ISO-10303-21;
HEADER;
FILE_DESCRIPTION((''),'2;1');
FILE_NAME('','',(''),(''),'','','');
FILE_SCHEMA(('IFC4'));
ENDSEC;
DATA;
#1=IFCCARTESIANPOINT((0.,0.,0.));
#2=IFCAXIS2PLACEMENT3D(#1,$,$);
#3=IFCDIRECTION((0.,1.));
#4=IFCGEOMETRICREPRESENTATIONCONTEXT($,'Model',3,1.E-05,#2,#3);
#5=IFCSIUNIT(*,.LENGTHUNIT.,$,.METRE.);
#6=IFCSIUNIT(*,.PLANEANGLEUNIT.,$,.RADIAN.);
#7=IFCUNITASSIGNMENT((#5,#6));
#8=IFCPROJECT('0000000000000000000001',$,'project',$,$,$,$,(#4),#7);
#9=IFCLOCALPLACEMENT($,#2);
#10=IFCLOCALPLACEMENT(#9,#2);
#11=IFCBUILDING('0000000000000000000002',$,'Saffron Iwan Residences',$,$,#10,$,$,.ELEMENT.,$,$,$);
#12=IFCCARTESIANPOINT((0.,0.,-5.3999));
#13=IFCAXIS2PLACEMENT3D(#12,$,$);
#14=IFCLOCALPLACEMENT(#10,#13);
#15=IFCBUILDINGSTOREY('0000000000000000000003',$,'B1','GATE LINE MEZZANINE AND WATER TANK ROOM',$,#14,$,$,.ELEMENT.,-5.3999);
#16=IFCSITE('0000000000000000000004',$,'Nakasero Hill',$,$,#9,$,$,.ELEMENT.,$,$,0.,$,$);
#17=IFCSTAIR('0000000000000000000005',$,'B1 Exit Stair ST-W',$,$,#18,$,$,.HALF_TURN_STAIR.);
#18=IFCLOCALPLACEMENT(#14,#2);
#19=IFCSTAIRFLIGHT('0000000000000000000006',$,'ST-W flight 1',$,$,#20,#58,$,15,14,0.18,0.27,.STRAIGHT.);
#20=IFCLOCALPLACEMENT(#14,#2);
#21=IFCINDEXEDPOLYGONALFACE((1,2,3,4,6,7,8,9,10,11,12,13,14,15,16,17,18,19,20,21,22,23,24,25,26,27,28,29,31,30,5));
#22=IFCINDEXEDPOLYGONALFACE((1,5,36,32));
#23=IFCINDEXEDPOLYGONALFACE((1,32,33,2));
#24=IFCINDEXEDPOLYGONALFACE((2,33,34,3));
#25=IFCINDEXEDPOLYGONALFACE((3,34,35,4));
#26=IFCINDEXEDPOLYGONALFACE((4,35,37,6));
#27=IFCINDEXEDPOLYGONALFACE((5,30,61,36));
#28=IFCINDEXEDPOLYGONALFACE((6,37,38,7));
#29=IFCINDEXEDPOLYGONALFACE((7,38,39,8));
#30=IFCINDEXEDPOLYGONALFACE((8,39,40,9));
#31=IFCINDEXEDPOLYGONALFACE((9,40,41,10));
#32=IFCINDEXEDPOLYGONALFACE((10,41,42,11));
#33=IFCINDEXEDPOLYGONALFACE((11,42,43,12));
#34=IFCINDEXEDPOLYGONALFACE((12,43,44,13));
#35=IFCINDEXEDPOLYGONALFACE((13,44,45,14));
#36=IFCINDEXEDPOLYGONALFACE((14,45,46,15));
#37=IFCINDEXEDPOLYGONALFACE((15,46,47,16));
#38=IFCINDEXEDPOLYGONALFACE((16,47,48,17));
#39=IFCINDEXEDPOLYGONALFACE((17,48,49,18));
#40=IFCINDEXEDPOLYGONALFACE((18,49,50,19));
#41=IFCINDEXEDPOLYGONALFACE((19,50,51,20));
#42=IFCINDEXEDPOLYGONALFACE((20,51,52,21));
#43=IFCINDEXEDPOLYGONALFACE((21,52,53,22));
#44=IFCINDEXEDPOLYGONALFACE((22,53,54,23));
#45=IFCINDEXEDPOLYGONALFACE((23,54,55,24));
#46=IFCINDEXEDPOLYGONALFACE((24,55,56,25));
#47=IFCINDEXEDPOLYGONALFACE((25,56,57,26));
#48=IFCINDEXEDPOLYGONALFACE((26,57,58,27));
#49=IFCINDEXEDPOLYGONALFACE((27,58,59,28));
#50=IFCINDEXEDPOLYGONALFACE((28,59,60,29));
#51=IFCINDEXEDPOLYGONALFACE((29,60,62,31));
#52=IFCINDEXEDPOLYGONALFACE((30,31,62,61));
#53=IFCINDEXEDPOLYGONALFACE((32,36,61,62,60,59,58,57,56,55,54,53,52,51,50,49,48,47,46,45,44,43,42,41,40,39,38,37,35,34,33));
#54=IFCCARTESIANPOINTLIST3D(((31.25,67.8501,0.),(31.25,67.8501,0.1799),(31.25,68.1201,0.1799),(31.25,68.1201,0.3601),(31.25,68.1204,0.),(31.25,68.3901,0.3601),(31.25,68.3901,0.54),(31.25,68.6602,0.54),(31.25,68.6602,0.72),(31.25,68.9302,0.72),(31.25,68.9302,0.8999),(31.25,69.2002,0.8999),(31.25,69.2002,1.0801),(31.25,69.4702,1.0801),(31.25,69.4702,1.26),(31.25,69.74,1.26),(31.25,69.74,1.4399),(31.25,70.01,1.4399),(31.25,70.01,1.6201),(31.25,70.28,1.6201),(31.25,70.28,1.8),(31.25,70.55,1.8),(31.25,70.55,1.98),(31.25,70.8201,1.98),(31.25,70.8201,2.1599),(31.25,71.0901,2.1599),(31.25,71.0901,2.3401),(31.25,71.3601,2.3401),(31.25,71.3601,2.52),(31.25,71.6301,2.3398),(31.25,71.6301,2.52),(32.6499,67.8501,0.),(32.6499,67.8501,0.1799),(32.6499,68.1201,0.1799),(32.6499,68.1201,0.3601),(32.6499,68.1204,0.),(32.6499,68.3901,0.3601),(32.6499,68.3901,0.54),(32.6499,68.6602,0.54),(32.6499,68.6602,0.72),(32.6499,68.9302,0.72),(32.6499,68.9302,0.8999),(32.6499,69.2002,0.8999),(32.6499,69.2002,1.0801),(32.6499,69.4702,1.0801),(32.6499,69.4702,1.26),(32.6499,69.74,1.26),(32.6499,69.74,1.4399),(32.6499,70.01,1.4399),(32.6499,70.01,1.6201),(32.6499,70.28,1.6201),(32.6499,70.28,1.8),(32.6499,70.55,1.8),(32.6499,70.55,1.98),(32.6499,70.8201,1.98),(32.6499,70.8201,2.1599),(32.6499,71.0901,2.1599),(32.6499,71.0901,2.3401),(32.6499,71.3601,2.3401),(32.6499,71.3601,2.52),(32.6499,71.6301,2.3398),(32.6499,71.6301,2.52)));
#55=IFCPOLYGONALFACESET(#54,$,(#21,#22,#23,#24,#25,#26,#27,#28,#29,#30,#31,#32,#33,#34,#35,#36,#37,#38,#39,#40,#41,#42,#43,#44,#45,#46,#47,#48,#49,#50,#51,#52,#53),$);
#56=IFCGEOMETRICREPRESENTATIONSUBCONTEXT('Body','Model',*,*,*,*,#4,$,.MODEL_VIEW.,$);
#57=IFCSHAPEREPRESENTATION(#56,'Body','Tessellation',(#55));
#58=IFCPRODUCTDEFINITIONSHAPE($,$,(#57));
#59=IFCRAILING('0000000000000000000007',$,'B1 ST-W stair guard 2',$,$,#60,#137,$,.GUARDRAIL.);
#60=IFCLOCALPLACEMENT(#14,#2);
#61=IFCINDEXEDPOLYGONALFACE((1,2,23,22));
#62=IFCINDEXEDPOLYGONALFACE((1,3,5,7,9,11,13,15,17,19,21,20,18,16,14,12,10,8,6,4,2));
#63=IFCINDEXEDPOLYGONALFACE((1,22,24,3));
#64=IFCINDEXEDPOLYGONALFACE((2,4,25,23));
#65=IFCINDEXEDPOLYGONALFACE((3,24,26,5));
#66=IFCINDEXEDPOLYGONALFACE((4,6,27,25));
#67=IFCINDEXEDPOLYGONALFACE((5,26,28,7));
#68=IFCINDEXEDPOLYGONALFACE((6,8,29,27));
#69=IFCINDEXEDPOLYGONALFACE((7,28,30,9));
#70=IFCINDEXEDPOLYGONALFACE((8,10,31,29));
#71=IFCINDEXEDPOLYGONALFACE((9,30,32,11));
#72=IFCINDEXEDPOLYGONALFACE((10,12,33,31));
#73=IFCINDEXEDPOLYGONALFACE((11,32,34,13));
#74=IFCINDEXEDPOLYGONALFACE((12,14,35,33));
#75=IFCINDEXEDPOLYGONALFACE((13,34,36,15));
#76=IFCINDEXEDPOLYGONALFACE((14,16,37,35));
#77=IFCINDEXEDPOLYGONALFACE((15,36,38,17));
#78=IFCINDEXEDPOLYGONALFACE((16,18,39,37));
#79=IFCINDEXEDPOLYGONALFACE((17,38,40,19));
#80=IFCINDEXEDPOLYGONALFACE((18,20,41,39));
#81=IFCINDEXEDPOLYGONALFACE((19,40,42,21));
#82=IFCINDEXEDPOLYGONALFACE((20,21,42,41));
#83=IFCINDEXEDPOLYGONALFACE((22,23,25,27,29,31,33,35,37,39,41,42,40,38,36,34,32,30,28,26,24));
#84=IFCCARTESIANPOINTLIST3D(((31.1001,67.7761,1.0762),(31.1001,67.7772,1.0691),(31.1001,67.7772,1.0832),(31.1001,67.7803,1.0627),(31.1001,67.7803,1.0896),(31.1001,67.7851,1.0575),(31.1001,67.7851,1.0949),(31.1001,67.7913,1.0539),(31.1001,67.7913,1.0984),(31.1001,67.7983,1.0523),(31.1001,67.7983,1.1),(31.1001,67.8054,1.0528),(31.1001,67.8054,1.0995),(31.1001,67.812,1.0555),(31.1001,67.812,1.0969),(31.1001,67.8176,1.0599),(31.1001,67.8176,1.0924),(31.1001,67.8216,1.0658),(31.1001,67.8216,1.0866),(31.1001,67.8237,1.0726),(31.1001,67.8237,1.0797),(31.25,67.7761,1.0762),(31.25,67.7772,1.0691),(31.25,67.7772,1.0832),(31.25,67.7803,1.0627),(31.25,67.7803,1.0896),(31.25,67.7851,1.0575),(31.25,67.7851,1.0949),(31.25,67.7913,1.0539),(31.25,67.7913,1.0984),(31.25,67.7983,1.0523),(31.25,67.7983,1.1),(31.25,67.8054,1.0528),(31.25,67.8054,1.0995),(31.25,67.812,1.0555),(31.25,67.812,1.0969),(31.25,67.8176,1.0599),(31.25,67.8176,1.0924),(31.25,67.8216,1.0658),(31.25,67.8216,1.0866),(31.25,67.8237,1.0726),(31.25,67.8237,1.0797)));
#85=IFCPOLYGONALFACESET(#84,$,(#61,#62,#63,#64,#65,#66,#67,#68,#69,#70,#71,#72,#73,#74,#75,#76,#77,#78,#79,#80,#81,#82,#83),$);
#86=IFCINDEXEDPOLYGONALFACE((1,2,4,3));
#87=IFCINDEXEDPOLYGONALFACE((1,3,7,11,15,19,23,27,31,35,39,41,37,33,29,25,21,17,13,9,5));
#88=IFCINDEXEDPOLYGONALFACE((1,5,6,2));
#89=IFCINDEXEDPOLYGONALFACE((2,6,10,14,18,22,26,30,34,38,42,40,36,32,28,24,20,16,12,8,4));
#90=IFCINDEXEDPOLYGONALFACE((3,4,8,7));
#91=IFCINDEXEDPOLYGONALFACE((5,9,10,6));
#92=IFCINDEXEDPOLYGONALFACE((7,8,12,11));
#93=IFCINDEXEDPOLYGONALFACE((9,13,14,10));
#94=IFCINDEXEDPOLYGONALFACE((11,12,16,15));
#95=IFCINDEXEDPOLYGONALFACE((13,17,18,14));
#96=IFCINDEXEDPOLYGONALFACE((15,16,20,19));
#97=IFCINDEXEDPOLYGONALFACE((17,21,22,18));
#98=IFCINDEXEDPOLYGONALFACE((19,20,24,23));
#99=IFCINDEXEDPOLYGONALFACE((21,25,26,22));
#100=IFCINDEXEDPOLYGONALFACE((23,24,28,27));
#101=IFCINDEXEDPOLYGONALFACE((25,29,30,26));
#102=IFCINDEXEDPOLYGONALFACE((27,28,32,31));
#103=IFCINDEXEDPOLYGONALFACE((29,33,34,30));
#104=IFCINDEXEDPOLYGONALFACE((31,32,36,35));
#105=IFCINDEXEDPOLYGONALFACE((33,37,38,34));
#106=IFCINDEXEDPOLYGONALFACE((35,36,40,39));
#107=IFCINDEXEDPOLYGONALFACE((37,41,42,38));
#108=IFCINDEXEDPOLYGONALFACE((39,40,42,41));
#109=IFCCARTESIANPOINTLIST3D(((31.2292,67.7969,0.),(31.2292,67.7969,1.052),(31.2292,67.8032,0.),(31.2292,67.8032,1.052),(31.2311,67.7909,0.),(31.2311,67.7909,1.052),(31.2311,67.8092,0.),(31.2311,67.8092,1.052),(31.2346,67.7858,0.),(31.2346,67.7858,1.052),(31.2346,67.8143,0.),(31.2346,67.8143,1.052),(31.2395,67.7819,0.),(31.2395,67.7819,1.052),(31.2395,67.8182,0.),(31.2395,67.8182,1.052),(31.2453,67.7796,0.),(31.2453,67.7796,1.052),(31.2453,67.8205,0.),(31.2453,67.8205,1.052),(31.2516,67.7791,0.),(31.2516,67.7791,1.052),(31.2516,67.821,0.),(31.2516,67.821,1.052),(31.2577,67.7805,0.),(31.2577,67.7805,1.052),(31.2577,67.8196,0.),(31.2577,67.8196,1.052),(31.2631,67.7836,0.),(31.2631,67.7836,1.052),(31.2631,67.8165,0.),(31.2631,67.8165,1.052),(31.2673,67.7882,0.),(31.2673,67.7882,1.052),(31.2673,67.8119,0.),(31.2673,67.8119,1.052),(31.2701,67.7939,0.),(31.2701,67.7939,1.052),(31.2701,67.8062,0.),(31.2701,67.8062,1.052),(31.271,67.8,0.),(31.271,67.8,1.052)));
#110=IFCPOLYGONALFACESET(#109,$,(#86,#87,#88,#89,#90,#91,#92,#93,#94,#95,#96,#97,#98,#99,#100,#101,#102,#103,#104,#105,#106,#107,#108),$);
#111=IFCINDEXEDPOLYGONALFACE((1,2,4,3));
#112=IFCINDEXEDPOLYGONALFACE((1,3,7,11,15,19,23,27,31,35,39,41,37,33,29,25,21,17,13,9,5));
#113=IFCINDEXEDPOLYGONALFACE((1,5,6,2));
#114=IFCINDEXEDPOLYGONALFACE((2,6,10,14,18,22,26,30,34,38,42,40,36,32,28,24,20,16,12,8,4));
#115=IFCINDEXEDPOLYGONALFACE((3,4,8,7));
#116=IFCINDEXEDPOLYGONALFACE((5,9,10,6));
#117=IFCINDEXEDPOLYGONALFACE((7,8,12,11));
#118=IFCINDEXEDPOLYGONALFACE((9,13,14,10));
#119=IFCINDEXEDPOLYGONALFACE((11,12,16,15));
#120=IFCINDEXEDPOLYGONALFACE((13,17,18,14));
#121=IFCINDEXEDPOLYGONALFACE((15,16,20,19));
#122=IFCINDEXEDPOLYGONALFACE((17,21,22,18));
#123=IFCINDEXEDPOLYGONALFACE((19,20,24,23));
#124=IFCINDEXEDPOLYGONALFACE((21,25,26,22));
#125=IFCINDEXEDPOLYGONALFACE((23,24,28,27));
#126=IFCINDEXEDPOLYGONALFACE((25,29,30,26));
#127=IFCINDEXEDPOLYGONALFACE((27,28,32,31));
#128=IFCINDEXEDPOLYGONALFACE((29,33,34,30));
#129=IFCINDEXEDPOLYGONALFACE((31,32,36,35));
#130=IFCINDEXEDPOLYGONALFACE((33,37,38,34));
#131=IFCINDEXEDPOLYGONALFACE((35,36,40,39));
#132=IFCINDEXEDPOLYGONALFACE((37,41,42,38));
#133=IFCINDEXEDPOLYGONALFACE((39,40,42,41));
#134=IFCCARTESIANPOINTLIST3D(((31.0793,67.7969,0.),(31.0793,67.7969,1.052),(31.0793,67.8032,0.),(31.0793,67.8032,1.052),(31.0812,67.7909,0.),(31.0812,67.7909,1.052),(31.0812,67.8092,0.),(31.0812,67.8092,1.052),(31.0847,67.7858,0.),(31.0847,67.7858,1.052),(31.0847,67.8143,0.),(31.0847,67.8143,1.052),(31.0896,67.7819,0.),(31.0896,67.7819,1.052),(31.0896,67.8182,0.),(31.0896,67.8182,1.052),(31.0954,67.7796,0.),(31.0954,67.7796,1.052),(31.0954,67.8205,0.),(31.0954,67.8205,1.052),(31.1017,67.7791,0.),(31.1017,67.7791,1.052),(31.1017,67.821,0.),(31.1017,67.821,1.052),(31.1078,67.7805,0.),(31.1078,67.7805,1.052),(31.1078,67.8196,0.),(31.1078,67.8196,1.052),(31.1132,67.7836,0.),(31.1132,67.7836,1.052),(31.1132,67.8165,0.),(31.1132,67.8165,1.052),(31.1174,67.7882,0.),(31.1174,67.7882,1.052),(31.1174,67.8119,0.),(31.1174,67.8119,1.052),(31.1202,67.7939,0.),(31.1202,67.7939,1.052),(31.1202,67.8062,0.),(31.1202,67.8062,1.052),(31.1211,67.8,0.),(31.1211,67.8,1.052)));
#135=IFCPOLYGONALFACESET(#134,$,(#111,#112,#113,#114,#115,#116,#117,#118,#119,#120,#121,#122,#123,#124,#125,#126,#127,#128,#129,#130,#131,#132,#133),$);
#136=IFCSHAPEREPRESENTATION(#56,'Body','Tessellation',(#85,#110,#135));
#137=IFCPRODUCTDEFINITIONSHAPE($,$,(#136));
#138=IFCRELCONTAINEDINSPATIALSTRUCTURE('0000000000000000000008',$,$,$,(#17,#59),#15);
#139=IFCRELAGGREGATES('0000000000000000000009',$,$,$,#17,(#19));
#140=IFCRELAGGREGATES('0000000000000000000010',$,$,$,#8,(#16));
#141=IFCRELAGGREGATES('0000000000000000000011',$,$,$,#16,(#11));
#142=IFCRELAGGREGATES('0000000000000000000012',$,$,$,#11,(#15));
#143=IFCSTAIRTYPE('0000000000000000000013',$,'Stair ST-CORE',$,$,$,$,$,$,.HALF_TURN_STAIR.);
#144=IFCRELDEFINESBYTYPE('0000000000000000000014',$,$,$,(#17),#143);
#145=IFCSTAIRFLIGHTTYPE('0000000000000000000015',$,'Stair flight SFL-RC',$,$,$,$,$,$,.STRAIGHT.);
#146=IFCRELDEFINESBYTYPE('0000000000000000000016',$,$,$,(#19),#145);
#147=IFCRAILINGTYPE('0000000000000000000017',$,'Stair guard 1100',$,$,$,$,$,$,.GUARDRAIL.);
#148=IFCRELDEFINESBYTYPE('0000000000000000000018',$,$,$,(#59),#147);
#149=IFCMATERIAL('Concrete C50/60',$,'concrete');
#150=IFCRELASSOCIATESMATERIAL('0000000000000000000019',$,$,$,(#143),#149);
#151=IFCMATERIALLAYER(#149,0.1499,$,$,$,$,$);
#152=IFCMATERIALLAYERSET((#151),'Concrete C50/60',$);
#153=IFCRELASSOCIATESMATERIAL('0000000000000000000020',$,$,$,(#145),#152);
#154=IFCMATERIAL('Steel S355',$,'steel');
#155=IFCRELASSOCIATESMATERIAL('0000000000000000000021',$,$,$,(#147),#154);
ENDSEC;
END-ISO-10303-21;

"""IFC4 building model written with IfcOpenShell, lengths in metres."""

from ifc_helpers import new_model, si_unit, direction, frame, origin, origin_2d, place, context, subcontext, project, spatial, polyline, circle, outline, extrude, material, layer, layer_set, type_object, element, aggregate, save


model = new_model("IFC4")

# Units and contexts
model_context = context("Model", 3, precision=1e-05, world=origin(), true_north=direction((0.0, 1.0)))
body_context = subcontext(model_context, "Body", "Model", "MODEL_VIEW")
ifc_project = project(units=[si_unit("LENGTHUNIT", "METRE"), si_unit("PLANEANGLEUNIT", "RADIAN")], contexts=[model_context])

# Site, building, storey
site_placement = place(None, origin())
site = spatial("IfcSite", under=ifc_project, at=site_placement, Name="Nakasero Hill", CompositionType="ELEMENT", RefElevation=0.0)
building_placement = place(site_placement, origin())
building = spatial("IfcBuilding", under=site, at=building_placement, Name="Saffron Iwan Residences", CompositionType="ELEMENT")
storey_placement = place(building_placement, frame((0.0, 0.0, -5.3999)))
storey = spatial("IfcBuildingStorey", under=building, at=storey_placement, Name="B1", Description="GATE LINE MEZZANINE AND WATER TANK ROOM", CompositionType="ELEMENT", Elevation=-5.3999)

# Stair, stair flight
ifc_material_1 = material(Name="Concrete C50/60", Category="concrete")
stair_type = type_object("IfcStairType", Name="Stair ST-CORE", PredefinedType="HALF_TURN_STAIR", material=ifc_material_1)
stair_placement = place(storey_placement, origin())
stair = element("IfcStair", 1, at=stair_placement, inside=storey, type_object=stair_type, Name="B1 Exit Stair ST-W", PredefinedType="HALF_TURN_STAIR")
ifc_layer_1 = layer(ifc_material_1, 0.1499)
ifc_layer_set_1 = layer_set([ifc_layer_1], Name="Concrete C50/60")
stair_flight_type = type_object("IfcStairFlightType", Name="Stair flight SFL-RC", PredefinedType="STRAIGHT", material=ifc_layer_set_1)
stair_flight_placement = place(storey_placement, frame((31.95, 67.8501, 0.0), z_axis=(0.0, 0.0, 1.0), x_axis=(0.0, 1.0, 0.0)))
stair_flight = element("IfcStairFlight", 2, at=stair_flight_placement, type_object=stair_flight_type, Name="ST-W flight 1", NumberOfRisers=15, NumberOfTreads=14, PredefinedType="STRAIGHT", RiserHeight=0.18, TreadLength=0.27, context=body_context, shape_type="SweptSolid", body=[
    extrude(outline(polyline([(0.0, 0.0), (0.0, 0.1799), (0.27, 0.1799), (0.27, 0.3601), (0.54, 0.3601), (0.54, 0.54), (0.8101, 0.54), (0.8101, 0.72), (1.0801, 0.72), (1.0801, 0.8999), (1.3501, 0.8999), (1.3501, 1.0801), (1.6201, 1.0801), (1.6201, 1.26), (1.8899, 1.26), (1.8899, 1.4399), (2.1599, 1.4399), (2.1599, 1.6201), (2.4299, 1.6201), (2.4299, 1.8), (2.7, 1.8), (2.7, 1.98), (2.97, 1.98), (2.97, 2.1599), (3.24, 2.1599), (3.24, 2.3401), (3.51, 2.3401), (3.51, 2.52), (3.78, 2.52), (3.78, 2.7), (3.78, 2.3398), (0.2703, 0.0), (0.0, 0.0)])), frame((0.0, 0.7, 0.0), z_axis=(0.0, -1.0, 0.0), x_axis=(1.0, 0.0, 0.0)), (0.0, 0.0, 1.0), 1.3999),
])
aggregate(stair, [stair_flight])

# Railing
ifc_material_2 = material(Name="Steel S355", Category="steel")
railing_type_1 = type_object("IfcRailingType", Name="Stair guard 1100", PredefinedType="GUARDRAIL", material=ifc_material_2)
railing_1_placement = place(storey_placement, frame((31.25, 67.8, 0.0)))
element("IfcRailing", 3, at=railing_1_placement, inside=storey, type_object=railing_type_1, Name="B1 ST-W stair guard 2", PredefinedType="GUARDRAIL", context=body_context, shape_type="SweptSolid", body=[
    extrude(circle(Radius=0.0239, at=origin_2d()), frame((0.0, 0.0, 1.0762), z_axis=(-1.0, 0.0, 0.0), x_axis=(0.0, -1.0, 0.0)), (0.0, 0.0, 1.0), 0.1499),
    extrude(circle(Radius=0.021, at=origin_2d()), origin(), (0.0, 0.0, 1.0), 1.052),
    extrude(circle(Radius=0.021, at=origin_2d()), frame((-0.1499, 0.0, 0.0)), (0.0, 0.0, 1.0), 1.052),
])

save(model, "model.ifc")
